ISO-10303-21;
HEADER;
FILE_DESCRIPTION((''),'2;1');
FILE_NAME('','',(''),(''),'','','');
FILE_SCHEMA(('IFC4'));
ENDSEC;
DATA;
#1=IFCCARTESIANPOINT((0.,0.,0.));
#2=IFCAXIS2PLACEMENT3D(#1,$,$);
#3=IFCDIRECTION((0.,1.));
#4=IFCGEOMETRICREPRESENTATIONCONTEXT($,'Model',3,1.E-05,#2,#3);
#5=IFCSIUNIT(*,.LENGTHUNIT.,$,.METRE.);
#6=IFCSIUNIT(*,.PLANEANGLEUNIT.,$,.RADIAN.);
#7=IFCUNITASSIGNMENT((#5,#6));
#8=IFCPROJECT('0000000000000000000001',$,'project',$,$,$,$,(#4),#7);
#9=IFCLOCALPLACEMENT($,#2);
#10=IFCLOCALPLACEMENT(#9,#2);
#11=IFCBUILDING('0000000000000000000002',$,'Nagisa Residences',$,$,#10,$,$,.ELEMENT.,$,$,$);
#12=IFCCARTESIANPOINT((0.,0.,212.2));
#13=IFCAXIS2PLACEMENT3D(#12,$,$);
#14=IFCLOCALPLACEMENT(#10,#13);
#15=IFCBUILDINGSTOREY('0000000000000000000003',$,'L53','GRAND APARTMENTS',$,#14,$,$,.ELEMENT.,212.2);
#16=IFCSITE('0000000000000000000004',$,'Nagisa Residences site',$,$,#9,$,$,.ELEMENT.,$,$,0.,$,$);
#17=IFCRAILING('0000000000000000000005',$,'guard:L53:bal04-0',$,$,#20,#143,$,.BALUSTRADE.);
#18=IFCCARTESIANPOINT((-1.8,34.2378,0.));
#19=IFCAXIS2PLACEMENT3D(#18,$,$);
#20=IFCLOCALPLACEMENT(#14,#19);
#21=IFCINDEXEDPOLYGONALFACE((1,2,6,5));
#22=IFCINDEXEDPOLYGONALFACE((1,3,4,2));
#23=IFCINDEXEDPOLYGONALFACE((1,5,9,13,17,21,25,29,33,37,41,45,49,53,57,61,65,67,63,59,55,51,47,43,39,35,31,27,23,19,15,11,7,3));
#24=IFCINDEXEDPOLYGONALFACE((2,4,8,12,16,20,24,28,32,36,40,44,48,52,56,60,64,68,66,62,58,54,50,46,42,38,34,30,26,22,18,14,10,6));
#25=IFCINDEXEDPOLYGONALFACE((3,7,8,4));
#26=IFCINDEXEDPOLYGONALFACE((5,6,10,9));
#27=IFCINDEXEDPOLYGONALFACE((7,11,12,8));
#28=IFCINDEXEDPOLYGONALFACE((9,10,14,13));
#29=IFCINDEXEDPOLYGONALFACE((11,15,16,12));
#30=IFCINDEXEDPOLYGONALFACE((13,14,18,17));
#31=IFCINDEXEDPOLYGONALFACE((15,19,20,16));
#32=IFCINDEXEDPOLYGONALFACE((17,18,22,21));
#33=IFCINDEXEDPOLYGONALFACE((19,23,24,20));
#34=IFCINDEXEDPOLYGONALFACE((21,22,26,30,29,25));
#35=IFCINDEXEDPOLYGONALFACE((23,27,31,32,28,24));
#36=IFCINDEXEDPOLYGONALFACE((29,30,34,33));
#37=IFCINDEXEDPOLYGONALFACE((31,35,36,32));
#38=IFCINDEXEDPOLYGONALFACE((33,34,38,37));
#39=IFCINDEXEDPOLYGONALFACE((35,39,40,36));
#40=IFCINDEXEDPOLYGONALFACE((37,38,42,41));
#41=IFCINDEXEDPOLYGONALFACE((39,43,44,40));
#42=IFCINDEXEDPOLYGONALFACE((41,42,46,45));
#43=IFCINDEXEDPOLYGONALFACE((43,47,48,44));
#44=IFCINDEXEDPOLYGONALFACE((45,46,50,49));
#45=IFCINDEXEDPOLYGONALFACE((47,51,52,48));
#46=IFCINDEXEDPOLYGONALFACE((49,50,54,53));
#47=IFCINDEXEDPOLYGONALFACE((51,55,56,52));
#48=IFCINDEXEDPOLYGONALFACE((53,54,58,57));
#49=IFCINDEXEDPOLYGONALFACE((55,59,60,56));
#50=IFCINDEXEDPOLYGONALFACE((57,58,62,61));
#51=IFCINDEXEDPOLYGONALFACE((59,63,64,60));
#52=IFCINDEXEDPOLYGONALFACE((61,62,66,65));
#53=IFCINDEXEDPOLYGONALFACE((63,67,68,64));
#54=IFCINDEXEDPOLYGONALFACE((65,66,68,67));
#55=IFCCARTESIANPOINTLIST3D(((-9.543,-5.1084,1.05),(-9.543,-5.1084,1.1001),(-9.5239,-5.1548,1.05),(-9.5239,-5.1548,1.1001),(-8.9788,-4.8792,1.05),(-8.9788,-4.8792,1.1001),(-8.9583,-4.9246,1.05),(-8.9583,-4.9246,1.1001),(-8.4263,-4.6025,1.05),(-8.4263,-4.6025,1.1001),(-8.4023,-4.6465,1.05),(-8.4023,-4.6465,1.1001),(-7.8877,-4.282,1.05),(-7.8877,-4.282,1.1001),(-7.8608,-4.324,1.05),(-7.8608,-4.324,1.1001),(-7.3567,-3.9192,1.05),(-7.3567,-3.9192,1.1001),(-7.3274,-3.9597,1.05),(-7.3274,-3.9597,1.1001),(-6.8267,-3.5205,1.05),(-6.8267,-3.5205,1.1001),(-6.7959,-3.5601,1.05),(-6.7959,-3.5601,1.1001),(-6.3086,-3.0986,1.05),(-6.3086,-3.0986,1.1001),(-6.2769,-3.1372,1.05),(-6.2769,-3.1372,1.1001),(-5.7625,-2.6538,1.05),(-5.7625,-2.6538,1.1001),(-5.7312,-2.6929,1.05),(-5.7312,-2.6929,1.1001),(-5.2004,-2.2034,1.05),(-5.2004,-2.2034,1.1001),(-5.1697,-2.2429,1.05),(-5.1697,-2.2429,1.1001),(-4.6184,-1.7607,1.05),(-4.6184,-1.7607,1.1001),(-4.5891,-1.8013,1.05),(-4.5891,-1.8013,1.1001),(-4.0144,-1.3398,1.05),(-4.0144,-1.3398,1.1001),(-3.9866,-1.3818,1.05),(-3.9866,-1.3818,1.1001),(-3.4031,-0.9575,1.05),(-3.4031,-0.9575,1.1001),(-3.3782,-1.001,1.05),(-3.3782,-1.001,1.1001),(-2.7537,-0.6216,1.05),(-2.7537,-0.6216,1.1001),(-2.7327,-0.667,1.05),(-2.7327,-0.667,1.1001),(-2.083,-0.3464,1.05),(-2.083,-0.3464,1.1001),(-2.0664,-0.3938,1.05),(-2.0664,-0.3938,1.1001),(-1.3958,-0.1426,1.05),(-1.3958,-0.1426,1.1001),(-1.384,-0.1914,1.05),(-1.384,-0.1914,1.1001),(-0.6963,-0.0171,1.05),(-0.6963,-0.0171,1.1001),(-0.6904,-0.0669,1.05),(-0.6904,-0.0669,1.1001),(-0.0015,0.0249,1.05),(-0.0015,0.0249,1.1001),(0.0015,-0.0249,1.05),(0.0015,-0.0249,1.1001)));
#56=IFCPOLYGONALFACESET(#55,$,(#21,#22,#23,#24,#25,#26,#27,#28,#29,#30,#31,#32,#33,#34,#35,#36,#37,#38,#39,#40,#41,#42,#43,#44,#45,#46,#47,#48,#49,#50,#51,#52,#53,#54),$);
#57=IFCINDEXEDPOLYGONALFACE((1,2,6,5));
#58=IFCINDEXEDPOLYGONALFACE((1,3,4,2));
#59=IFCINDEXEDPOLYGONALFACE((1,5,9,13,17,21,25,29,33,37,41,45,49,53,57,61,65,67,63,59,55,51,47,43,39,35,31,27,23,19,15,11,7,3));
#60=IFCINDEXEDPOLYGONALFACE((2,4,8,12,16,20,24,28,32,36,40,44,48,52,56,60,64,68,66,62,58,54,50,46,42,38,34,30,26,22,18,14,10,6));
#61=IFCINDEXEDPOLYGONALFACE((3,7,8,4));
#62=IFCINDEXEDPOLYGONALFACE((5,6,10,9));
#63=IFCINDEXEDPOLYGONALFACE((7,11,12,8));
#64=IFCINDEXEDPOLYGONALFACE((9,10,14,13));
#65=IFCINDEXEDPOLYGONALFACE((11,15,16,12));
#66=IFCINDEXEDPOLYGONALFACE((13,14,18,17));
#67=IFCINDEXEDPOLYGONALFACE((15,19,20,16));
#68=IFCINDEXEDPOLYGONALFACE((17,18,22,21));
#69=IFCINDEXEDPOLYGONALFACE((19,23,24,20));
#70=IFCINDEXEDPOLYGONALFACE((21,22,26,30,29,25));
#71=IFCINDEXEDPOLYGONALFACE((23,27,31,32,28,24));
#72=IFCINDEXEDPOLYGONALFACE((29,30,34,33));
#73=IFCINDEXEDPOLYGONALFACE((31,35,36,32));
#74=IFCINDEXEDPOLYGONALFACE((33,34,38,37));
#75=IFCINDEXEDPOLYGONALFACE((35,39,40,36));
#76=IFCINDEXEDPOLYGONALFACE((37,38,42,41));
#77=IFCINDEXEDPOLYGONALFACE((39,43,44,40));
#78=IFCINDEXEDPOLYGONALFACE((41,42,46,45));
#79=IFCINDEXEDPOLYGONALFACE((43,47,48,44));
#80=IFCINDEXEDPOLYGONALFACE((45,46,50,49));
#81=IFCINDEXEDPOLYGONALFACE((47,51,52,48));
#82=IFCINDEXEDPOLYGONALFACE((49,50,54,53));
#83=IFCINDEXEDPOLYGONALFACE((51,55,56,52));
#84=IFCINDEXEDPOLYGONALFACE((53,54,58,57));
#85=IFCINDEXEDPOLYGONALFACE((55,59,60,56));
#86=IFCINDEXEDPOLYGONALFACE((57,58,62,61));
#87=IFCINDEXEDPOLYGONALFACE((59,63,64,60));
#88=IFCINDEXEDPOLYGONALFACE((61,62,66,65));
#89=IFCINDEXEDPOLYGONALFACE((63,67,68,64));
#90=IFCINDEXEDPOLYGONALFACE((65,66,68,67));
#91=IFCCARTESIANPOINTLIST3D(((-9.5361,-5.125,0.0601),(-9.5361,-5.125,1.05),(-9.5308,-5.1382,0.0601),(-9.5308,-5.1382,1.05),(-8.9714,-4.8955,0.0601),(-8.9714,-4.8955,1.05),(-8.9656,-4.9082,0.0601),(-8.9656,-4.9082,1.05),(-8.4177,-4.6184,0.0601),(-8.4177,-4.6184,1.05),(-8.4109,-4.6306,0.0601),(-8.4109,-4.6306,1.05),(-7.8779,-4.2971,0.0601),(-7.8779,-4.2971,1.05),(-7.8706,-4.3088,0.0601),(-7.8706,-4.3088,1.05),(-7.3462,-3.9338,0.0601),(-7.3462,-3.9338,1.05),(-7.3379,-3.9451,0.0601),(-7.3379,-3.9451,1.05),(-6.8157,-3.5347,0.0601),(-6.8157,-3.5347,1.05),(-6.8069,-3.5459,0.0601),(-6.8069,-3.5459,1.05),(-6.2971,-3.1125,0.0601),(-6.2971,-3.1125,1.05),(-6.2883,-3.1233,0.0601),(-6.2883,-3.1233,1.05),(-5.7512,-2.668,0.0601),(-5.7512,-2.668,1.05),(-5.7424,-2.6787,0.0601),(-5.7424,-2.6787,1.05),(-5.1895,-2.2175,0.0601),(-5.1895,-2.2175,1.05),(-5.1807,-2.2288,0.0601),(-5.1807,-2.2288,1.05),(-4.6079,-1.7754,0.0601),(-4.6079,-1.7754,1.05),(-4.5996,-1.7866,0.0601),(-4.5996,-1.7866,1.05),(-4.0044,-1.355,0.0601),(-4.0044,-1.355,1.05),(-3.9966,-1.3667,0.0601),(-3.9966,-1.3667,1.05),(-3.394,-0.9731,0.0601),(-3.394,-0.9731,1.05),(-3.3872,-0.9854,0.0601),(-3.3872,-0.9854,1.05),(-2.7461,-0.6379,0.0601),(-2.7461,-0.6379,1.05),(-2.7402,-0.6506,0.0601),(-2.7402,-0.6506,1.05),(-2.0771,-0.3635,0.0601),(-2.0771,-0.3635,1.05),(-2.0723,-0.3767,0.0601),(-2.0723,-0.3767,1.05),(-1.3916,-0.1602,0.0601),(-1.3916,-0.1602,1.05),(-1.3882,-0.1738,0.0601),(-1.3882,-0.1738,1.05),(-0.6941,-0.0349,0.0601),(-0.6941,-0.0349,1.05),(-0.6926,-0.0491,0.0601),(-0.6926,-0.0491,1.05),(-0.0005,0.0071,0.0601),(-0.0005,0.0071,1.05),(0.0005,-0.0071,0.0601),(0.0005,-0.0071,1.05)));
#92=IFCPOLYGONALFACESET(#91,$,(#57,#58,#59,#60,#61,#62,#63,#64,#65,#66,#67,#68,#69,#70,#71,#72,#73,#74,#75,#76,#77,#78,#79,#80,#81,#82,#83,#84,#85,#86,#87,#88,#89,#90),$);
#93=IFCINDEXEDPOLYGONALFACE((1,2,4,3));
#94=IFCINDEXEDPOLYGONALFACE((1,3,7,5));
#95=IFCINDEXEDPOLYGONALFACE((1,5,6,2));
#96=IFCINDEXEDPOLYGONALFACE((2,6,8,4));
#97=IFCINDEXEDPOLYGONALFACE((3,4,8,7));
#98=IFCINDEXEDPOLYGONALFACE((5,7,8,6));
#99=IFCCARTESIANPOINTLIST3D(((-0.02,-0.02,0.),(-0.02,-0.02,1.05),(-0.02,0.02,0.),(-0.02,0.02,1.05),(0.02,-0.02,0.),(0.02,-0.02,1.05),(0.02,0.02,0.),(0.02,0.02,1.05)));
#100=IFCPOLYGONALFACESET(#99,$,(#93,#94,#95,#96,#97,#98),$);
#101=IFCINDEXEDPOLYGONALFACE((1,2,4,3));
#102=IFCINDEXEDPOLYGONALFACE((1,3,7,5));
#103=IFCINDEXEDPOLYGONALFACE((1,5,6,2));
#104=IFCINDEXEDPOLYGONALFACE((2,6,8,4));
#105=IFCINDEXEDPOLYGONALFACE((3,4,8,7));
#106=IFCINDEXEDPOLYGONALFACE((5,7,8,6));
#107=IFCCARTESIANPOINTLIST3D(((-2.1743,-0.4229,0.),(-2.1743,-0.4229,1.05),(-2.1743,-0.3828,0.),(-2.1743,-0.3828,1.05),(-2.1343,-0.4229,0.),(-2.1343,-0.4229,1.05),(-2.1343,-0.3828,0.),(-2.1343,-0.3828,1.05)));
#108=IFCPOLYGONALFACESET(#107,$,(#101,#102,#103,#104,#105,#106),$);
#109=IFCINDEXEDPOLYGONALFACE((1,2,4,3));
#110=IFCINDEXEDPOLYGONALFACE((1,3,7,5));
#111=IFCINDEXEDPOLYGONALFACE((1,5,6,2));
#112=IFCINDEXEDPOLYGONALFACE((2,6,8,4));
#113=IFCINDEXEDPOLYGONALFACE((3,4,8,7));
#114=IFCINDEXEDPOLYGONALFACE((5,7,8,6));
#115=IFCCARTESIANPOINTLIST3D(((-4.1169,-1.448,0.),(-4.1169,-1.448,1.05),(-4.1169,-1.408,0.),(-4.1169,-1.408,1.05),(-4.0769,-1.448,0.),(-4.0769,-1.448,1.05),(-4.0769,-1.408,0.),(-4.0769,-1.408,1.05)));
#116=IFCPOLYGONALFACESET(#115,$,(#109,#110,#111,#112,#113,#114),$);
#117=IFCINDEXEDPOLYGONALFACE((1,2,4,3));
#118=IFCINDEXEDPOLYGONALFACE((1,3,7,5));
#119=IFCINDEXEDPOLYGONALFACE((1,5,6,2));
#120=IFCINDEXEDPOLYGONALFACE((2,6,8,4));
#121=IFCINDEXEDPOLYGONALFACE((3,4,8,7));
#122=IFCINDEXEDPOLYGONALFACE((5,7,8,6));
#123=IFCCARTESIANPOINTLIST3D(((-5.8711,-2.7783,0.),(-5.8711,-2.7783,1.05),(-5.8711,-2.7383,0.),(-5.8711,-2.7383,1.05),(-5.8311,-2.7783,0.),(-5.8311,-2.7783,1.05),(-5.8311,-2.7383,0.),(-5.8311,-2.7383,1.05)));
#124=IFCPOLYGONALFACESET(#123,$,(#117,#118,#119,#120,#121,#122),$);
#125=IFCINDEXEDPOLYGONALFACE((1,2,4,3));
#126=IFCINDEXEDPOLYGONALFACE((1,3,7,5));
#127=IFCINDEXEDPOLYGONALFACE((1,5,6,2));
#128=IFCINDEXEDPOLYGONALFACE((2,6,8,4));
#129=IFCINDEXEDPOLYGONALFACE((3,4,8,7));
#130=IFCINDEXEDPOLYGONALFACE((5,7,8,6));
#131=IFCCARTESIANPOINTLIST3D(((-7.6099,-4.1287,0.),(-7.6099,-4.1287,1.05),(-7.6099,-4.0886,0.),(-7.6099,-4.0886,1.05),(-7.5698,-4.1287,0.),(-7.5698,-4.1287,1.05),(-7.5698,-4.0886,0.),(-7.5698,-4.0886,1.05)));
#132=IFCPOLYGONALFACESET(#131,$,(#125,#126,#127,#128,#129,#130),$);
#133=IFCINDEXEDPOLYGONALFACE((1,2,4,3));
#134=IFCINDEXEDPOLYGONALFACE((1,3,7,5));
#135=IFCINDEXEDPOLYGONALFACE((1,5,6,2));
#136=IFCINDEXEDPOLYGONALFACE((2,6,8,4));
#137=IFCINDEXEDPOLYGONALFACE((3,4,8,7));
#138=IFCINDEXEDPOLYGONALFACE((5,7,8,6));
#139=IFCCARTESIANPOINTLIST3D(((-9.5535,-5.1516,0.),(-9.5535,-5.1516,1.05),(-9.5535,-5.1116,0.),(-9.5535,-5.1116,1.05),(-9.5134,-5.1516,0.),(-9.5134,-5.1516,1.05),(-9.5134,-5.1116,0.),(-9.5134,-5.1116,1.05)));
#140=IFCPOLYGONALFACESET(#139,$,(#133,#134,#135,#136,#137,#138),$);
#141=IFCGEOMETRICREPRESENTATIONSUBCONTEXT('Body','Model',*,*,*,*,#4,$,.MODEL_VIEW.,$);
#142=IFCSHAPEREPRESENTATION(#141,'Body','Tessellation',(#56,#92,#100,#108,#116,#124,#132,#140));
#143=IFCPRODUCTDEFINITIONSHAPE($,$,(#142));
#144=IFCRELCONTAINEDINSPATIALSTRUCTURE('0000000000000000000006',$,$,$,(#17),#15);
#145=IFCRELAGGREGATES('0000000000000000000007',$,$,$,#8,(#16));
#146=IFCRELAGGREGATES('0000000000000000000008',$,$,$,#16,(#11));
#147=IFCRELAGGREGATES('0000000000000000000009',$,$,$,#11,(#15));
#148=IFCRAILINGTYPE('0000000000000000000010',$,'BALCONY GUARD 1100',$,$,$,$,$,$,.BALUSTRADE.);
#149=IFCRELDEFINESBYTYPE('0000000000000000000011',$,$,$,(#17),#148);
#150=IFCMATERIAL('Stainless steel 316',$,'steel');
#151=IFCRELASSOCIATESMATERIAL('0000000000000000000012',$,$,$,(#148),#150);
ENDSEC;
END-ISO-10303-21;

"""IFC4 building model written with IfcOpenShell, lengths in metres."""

from ifc_helpers import new_model, si_unit, direction, frame, origin, origin_2d, place, context, subcontext, project, spatial, polyline, rectangle, outline, extrude, material, type_object, element, save


model = new_model("IFC4")

# Units and contexts
model_context = context("Model", 3, precision=1e-05, world=origin(), true_north=direction((0.0, 1.0)))
body_context = subcontext(model_context, "Body", "Model", "MODEL_VIEW")
ifc_project = project(units=[si_unit("LENGTHUNIT", "METRE"), si_unit("PLANEANGLEUNIT", "RADIAN")], contexts=[model_context])

# Site, building, storey
site_placement = place(None, origin())
site = spatial("IfcSite", under=ifc_project, at=site_placement, Name="Nagisa Residences site", CompositionType="ELEMENT", RefElevation=0.0)
building_placement = place(site_placement, origin())
building = spatial("IfcBuilding", under=site, at=building_placement, Name="Nagisa Residences", CompositionType="ELEMENT")
storey_placement = place(building_placement, frame((0.0, 0.0, 212.2)))
storey = spatial("IfcBuildingStorey", under=building, at=storey_placement, Name="L53", Description="GRAND APARTMENTS", CompositionType="ELEMENT", Elevation=212.2)

# Railing
ifc_material_1 = material(Name="Stainless steel 316", Category="steel")
railing_type = type_object("IfcRailingType", Name="BALCONY GUARD 1100", PredefinedType="BALUSTRADE", material=ifc_material_1)
railing_placement = place(storey_placement, frame((-1.8, 34.2378, 0.0)))
element("IfcRailing", 1, at=railing_placement, inside=storey, type_object=railing_type, Name="guard:L53:bal04-0", PredefinedType="BALUSTRADE", context=body_context, shape_type="SweptSolid", body=[
    extrude(outline(polyline([(-0.6904, -0.0669), (0.0015, -0.0249), (-0.0015, 0.0249), (-0.6963, -0.0171), (-1.3958, -0.1426), (-2.083, -0.3464), (-2.7537, -0.6216), (-3.4031, -0.9575), (-4.0144, -1.3398), (-4.6184, -1.7607), (-5.2004, -2.2034), (-5.7625, -2.6538), (-6.3086, -3.0986), (-6.8267, -3.5205), (-7.3567, -3.9192), (-7.8877, -4.282), (-8.4263, -4.6025), (-8.9788, -4.8792), (-9.543, -5.1084), (-9.5239, -5.1548), (-8.9583, -4.9246), (-8.4023, -4.6465), (-7.8608, -4.324), (-7.3274, -3.9597), (-6.7959, -3.5601), (-6.2769, -3.1372), (-5.7312, -2.6929), (-5.1697, -2.2429), (-4.5891, -1.8013), (-3.9866, -1.3818), (-3.3782, -1.001), (-2.7327, -0.667), (-2.0664, -0.3938), (-1.384, -0.1914), (-0.6904, -0.0669)])), frame((0.0, 0.0, 1.05)), (0.0, 0.0, 1.0), 0.05),
    extrude(outline(polyline([(-0.6926, -0.0491), (0.0005, -0.0071), (-0.0005, 0.0071), (-0.6941, -0.0349), (-1.3916, -0.1602), (-2.0771, -0.3635), (-2.7461, -0.6379), (-3.394, -0.9731), (-4.0044, -1.355), (-4.6079, -1.7754), (-5.1895, -2.2175), (-5.7512, -2.668), (-6.2971, -3.1125), (-6.8157, -3.5347), (-7.3462, -3.9338), (-7.8779, -4.2971), (-8.4177, -4.6184), (-8.9714, -4.8955), (-9.5361, -5.125), (-9.5308, -5.1382), (-8.9656, -4.9082), (-8.4109, -4.6306), (-7.8706, -4.3088), (-7.3379, -3.9451), (-6.8069, -3.5459), (-6.2883, -3.1233), (-5.7424, -2.6787), (-5.1807, -2.2288), (-4.5996, -1.7866), (-3.9966, -1.3667), (-3.3872, -0.9854), (-2.7402, -0.6506), (-2.0723, -0.3767), (-1.3882, -0.1738), (-0.6926, -0.0491)])), frame((0.0, 0.0, 0.0601)), (0.0, 0.0, 1.0), 0.99),
    extrude(rectangle(XDim=0.04, YDim=0.04, at=origin_2d()), origin(), (0.0, 0.0, 1.0), 1.05),
    extrude(rectangle(XDim=0.04, YDim=0.04, at=origin_2d()), frame((-2.1543, -0.4028, 0.0)), (0.0, 0.0, 1.0), 1.05),
    extrude(rectangle(XDim=0.04, YDim=0.04, at=origin_2d()), frame((-4.0969, -1.428, 0.0)), (0.0, 0.0, 1.0), 1.05),
    extrude(rectangle(XDim=0.04, YDim=0.04, at=origin_2d()), frame((-5.8511, -2.7583, 0.0)), (0.0, 0.0, 1.0), 1.05),
    extrude(rectangle(XDim=0.04, YDim=0.04, at=origin_2d()), frame((-7.5898, -4.1086, 0.0)), (0.0, 0.0, 1.0), 1.05),
    extrude(rectangle(XDim=0.04, YDim=0.04, at=origin_2d()), frame((-9.5334, -5.1316, 0.0)), (0.0, 0.0, 1.0), 1.05),
])

save(model, "model.ifc")
